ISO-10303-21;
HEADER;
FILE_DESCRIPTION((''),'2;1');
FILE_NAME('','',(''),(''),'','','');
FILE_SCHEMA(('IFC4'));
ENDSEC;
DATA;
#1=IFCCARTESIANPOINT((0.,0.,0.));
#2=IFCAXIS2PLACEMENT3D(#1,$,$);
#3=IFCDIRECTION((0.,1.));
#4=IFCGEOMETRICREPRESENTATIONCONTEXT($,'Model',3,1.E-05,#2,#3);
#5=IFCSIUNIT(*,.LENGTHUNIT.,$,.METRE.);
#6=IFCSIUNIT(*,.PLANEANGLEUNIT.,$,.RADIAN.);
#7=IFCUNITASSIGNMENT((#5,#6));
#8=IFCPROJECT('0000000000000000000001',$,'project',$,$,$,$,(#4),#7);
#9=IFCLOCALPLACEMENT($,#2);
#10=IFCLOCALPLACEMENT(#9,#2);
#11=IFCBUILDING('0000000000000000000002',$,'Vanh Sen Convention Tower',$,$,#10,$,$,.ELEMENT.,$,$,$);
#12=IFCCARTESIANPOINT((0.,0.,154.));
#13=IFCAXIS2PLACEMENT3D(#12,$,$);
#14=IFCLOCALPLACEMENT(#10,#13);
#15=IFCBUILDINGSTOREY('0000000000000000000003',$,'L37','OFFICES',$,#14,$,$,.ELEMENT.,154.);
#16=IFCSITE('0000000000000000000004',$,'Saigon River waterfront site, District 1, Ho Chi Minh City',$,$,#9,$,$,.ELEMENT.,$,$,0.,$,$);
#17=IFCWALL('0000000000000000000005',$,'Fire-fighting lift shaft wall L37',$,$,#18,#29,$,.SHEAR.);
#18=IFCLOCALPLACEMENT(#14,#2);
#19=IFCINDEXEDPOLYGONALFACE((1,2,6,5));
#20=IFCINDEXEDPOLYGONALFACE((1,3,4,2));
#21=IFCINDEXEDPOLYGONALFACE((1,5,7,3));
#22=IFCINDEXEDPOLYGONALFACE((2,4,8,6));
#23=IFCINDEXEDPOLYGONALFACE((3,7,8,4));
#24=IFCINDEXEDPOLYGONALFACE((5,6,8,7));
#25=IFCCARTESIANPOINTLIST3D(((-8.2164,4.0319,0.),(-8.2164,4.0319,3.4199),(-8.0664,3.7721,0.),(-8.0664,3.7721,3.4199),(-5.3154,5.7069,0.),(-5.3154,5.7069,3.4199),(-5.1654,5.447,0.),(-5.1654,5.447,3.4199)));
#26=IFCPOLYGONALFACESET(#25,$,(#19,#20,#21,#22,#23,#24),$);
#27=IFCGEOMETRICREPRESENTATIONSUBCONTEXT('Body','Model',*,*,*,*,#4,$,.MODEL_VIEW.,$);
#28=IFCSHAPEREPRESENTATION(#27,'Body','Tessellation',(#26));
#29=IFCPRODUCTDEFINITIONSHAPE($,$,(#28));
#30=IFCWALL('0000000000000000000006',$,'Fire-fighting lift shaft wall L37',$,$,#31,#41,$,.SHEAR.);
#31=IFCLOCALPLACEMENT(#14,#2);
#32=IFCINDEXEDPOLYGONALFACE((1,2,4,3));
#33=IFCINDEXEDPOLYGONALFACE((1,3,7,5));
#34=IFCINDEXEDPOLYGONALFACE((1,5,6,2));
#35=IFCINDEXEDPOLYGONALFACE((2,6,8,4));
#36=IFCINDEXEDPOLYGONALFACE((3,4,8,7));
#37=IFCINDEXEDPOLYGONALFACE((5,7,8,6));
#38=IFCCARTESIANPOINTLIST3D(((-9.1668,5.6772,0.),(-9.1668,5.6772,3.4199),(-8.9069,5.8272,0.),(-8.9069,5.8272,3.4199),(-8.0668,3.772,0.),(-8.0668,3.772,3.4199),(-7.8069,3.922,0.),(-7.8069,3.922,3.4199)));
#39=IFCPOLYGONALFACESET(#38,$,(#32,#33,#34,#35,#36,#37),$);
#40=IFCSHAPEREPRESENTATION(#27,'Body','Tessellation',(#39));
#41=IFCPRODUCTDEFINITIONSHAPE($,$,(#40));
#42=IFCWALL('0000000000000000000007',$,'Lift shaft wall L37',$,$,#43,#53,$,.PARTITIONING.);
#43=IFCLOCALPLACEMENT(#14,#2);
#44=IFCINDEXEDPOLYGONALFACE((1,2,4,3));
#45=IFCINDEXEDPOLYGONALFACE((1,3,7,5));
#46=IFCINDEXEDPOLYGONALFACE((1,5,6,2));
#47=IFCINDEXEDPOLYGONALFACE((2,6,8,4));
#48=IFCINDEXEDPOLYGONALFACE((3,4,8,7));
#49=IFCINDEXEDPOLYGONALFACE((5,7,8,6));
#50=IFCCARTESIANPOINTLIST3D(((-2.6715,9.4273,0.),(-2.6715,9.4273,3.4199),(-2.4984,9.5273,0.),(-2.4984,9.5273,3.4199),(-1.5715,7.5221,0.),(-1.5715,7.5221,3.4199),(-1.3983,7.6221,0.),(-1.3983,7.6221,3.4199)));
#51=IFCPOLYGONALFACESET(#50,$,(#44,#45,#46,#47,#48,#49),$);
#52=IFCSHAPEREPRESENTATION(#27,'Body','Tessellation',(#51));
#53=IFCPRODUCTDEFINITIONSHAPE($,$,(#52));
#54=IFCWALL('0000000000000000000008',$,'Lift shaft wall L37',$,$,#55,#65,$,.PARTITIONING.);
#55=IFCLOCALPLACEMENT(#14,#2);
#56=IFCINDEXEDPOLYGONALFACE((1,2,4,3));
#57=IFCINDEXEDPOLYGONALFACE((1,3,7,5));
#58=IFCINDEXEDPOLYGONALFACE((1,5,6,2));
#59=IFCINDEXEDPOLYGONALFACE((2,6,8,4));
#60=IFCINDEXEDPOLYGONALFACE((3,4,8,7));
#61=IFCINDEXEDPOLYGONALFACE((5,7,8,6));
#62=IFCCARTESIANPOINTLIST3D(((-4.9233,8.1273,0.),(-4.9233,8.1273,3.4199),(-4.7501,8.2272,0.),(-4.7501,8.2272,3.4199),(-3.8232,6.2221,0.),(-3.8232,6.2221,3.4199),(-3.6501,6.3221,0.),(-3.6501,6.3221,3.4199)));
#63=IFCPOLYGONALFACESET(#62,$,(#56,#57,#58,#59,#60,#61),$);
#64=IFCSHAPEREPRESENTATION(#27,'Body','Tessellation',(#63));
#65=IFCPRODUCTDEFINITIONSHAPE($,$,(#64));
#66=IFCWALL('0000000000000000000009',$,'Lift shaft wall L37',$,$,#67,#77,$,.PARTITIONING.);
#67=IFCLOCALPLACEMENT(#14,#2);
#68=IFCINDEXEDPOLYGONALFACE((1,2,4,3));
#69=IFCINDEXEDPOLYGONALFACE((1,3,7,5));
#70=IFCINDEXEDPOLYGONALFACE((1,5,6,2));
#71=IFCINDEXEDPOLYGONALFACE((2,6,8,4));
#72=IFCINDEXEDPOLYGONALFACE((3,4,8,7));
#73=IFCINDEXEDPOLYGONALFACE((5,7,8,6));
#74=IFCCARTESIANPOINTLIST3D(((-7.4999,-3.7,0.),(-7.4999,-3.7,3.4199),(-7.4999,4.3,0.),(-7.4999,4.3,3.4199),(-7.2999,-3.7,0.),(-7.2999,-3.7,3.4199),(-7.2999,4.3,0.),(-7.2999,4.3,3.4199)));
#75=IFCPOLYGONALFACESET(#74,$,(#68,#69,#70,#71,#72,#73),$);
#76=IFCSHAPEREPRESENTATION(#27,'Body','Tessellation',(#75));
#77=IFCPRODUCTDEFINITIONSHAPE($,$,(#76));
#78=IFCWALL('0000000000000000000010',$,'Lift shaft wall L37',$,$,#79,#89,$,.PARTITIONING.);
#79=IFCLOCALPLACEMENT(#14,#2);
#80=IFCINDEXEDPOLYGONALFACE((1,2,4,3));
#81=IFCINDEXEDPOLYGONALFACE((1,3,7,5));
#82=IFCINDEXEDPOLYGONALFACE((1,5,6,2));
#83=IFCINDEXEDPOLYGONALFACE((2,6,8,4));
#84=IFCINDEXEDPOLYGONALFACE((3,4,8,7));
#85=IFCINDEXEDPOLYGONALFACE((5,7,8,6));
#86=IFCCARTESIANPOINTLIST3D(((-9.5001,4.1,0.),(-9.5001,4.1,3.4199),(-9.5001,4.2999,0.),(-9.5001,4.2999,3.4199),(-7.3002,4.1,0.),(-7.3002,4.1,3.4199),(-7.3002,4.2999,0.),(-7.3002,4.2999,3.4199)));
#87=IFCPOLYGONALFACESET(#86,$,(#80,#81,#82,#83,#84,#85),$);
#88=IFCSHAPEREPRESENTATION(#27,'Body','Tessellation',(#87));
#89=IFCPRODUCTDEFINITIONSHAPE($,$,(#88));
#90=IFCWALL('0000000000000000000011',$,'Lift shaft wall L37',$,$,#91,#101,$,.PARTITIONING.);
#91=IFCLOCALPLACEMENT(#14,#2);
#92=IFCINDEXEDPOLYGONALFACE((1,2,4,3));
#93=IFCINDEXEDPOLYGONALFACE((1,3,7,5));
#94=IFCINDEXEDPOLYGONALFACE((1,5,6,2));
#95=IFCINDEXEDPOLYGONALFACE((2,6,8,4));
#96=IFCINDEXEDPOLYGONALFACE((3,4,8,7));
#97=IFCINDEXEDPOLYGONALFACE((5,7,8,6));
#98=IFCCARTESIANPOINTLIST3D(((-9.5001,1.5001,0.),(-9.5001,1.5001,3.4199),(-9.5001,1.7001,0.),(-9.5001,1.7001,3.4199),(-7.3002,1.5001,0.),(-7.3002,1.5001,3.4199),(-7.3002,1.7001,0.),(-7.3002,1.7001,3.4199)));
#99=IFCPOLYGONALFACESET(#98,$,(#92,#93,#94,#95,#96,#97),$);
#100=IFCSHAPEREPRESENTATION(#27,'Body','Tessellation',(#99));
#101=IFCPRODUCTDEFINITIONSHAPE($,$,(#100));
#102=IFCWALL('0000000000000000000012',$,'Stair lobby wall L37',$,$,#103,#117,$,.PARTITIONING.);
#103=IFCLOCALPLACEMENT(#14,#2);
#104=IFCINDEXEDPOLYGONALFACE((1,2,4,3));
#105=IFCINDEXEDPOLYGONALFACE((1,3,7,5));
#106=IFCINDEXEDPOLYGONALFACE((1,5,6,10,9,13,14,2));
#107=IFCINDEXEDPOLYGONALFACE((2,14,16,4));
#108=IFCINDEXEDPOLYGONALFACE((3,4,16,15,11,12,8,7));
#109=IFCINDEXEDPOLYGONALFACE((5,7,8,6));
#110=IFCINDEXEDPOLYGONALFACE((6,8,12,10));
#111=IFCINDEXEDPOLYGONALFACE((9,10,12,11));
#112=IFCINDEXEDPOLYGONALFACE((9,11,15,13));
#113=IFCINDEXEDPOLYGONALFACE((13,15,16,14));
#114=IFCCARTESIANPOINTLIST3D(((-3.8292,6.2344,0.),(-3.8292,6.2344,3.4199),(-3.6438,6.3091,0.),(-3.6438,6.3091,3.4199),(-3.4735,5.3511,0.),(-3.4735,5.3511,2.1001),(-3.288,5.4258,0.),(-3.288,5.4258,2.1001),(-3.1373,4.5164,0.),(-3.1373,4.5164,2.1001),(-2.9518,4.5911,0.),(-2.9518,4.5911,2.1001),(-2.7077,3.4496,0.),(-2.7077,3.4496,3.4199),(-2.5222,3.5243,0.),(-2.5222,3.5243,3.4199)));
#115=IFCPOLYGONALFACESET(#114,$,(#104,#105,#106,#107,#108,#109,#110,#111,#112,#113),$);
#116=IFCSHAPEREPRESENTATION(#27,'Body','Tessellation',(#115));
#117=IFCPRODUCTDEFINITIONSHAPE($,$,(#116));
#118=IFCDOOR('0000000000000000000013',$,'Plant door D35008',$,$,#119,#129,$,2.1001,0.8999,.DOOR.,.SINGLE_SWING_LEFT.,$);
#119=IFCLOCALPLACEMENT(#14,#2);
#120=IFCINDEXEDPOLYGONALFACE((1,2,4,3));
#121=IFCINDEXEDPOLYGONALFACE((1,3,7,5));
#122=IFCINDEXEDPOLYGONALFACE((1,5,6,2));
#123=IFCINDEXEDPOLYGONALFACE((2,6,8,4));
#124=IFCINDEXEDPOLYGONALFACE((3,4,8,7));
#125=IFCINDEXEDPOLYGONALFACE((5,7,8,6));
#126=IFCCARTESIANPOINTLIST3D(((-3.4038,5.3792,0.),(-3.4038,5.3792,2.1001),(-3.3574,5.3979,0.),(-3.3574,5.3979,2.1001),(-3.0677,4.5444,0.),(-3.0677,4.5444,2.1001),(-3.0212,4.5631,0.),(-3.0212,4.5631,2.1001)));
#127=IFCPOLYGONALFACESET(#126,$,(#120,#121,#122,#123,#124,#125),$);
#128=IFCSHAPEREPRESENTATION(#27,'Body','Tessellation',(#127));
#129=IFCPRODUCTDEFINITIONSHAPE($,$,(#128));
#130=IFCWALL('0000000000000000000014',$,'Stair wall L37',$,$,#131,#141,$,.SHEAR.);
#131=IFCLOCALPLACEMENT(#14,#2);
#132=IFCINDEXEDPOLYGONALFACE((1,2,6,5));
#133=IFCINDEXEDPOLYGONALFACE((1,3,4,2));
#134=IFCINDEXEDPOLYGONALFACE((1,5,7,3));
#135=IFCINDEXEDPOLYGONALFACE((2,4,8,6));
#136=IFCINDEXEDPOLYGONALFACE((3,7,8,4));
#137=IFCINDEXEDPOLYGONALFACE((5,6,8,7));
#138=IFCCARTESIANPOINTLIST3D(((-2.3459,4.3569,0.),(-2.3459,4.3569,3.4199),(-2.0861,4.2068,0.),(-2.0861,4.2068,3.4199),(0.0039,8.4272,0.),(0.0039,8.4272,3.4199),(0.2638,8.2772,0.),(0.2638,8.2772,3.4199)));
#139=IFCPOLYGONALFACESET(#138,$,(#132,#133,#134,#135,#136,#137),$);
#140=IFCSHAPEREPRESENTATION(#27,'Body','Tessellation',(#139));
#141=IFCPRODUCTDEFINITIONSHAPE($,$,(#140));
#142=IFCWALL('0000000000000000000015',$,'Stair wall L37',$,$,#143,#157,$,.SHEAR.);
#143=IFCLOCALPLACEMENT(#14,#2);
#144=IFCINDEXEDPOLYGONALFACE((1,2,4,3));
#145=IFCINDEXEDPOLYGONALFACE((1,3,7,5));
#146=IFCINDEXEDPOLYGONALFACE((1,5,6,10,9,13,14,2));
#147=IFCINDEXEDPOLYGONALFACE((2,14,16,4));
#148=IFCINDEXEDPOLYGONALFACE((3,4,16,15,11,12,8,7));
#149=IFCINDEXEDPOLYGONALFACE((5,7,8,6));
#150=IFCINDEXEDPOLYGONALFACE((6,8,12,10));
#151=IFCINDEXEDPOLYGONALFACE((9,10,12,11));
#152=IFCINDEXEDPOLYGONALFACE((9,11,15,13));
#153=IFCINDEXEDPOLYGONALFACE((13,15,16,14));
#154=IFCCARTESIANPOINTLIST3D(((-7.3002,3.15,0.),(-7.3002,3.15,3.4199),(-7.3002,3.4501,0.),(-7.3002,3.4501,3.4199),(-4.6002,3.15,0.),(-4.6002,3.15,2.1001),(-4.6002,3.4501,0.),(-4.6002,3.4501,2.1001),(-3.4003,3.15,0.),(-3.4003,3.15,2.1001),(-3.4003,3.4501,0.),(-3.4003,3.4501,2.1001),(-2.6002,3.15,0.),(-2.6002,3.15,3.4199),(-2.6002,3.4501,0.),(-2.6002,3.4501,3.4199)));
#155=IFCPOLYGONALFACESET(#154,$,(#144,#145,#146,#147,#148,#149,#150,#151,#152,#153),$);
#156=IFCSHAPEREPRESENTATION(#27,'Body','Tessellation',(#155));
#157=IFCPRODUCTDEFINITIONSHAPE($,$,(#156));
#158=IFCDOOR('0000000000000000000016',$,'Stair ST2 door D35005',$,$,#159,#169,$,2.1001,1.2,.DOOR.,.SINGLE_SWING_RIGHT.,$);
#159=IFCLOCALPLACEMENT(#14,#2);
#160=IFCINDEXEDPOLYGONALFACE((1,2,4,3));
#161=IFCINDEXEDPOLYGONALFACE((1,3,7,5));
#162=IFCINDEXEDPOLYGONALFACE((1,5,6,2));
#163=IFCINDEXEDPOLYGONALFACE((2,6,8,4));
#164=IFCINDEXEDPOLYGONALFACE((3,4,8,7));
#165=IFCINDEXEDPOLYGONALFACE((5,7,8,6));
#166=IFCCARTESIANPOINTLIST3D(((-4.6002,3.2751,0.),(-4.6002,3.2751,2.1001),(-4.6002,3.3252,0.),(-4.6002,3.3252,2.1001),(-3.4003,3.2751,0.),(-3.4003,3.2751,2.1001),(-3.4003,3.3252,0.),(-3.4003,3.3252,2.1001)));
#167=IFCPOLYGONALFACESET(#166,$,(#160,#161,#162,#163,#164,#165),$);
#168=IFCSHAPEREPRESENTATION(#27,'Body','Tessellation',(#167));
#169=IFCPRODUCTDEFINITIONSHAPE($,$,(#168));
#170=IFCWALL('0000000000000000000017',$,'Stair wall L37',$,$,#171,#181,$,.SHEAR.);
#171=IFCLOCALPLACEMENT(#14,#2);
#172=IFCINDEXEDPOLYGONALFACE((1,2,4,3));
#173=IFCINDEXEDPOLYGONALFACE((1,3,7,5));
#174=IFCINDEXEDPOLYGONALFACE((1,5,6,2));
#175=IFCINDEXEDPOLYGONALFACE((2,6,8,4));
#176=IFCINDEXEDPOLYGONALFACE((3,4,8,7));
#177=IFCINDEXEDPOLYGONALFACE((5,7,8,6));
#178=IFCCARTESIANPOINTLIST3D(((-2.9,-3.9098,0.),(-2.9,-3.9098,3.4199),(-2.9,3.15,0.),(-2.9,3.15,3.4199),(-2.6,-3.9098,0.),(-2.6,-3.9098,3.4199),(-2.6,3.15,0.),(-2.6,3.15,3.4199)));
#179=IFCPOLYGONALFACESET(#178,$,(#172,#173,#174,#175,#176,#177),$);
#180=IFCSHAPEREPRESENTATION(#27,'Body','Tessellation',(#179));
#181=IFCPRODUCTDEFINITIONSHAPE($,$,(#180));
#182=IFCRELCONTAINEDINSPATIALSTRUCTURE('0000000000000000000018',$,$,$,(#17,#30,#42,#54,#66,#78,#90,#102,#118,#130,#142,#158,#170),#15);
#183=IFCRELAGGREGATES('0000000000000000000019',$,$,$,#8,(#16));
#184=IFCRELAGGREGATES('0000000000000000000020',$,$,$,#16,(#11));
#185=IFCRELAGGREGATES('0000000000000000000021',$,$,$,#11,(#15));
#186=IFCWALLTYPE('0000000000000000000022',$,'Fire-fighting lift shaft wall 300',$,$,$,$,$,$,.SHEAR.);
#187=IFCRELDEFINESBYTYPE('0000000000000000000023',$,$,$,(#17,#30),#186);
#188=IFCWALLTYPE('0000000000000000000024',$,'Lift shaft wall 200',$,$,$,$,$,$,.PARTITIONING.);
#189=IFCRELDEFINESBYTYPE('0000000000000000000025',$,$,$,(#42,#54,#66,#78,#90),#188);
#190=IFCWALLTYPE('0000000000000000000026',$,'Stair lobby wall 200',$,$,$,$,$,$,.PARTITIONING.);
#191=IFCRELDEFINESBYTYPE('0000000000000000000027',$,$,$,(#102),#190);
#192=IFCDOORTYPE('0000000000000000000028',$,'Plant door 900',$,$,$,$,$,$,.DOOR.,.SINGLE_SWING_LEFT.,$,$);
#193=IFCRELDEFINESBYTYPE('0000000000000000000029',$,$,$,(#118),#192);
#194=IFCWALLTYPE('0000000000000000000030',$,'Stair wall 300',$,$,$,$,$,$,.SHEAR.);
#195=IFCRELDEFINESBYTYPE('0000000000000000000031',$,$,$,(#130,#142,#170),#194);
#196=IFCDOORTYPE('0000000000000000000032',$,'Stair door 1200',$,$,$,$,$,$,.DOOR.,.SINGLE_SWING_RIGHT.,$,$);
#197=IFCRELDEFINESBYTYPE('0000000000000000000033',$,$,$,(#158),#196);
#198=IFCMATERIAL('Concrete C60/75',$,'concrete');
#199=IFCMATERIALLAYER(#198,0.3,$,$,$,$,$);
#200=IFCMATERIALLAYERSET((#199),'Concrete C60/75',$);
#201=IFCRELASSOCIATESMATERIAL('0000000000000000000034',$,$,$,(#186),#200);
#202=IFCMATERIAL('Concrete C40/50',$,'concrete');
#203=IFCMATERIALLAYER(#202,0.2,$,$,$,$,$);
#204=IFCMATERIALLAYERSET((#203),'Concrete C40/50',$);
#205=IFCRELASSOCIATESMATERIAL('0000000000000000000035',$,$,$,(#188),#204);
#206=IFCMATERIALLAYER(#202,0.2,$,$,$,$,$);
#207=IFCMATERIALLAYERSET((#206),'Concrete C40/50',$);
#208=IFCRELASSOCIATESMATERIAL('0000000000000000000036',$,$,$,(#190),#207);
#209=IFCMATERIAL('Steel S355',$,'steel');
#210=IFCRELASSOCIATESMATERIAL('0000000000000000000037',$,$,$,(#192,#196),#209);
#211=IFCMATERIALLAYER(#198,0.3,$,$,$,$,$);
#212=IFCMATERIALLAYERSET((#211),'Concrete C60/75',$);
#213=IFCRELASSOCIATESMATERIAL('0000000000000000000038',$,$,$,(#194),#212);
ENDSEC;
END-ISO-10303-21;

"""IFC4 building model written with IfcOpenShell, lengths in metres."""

from ifc_helpers import new_model, si_unit, direction, frame, frame_2d, origin, place, context, subcontext, project, spatial, rectangle, extrude, material, layer, layer_set, type_object, element, fill, save


model = new_model("IFC4")

# Units and contexts
model_context = context("Model", 3, precision=1e-05, world=origin(), true_north=direction((0.0, 1.0)))
body_context = subcontext(model_context, "Body", "Model", "MODEL_VIEW")
ifc_project = project(units=[si_unit("LENGTHUNIT", "METRE"), si_unit("PLANEANGLEUNIT", "RADIAN")], contexts=[model_context])

# Site, building, storey
site_placement = place(None, origin())
site = spatial("IfcSite", under=ifc_project, at=site_placement, Name="Saigon River waterfront site, District 1, Ho Chi Minh City", CompositionType="ELEMENT", RefElevation=0.0)
building_placement = place(site_placement, origin())
building = spatial("IfcBuilding", under=site, at=building_placement, Name="Vanh Sen Convention Tower", CompositionType="ELEMENT")
storey_placement = place(building_placement, frame((0.0, 0.0, 154.0)))
storey = spatial("IfcBuildingStorey", under=building, at=storey_placement, Name="L37", Description="OFFICES", CompositionType="ELEMENT", Elevation=154.0)

# Shared definitions
ifc_material_1 = material(Name="Concrete C60/75", Category="concrete")
ifc_layer_1 = layer(ifc_material_1, 0.3)
ifc_layer_set_1 = layer_set([ifc_layer_1], Name="Concrete C60/75")
wall_type_1 = type_object("IfcWallType", Name="Fire-fighting lift shaft wall 300", PredefinedType="SHEAR", material=ifc_layer_set_1)

# Walls
wall_1_placement = place(storey_placement, frame((-5.2405, 5.5769, 0.0), z_axis=(0.0, 0.0, 1.0), x_axis=(-0.866014, -0.500019, 0.0)))
element("IfcWall", 1, at=wall_1_placement, inside=storey, type_object=wall_type_1, Name="Fire-fighting lift shaft wall L37", PredefinedType="SHEAR", context=body_context, shape_type="SweptSolid", body=[
    extrude(rectangle(XDim=3.3499, YDim=0.3, at=frame_2d((1.6748, 0.0))), origin(), (0.0, 0.0, 1.0), 3.4199),
])
wall_2_placement = place(storey_placement, frame((-7.9368, 3.8469, 0.0), z_axis=(0.0, 0.0, 1.0), x_axis=(-0.50003, 0.866008, 0.0)))
element("IfcWall", 2, at=wall_2_placement, inside=storey, type_object=wall_type_1, Name="Fire-fighting lift shaft wall L37", PredefinedType="SHEAR", context=body_context, shape_type="SweptSolid", body=[
    extrude(rectangle(XDim=2.2, YDim=0.3, at=frame_2d((1.1001, 0.0))), origin(), (0.0, 0.0, 1.0), 3.4199),
])
ifc_material_2 = material(Name="Concrete C40/50", Category="concrete")
ifc_layer_2 = layer(ifc_material_2, 0.2)
ifc_layer_set_2 = layer_set([ifc_layer_2], Name="Concrete C40/50")
wall_type_2 = type_object("IfcWallType", Name="Lift shaft wall 200", PredefinedType="PARTITIONING", material=ifc_layer_set_2)
for number, where, z_axis, x_axis, name in (
    (3, (-1.4849, 7.572, 0.0), (0.0, 0.0, 1.0), (-0.50003, 0.866008, 0.0), "Lift shaft wall L37"),
    (4, (-3.7366, 6.272, 0.0), (0.0, 0.0, 1.0), (-0.50003, 0.866008, 0.0), "Lift shaft wall L37"),
):
    element("IfcWall", number, at=place(storey_placement, frame(where, z_axis=z_axis, x_axis=x_axis)), inside=storey, type_object=wall_type_2, Name=name, PredefinedType="PARTITIONING", context=body_context, shape_type="SweptSolid", body=[
        extrude(rectangle(XDim=2.2, YDim=0.2, at=frame_2d((1.1001, 0.0))), origin(), (0.0, 0.0, 1.0), 3.4199),
    ])
wall_3_placement = place(storey_placement, frame((-7.3999, 4.3, 0.0), z_axis=(0.0, 0.0, 1.0), x_axis=(0.0, -1.0, 0.0)))
element("IfcWall", 5, at=wall_3_placement, inside=storey, type_object=wall_type_2, Name="Lift shaft wall L37", PredefinedType="PARTITIONING", context=body_context, shape_type="SweptSolid", body=[
    extrude(rectangle(XDim=8.0, YDim=0.2, at=frame_2d((4.0, 0.0))), origin(), (0.0, 0.0, 1.0), 3.4199),
])
for number, where, z_axis, x_axis, name in (
    (6, (-7.3, 4.2, 0.0), (0.0, 0.0, 1.0), (-1.0, 0.0, 0.0), "Lift shaft wall L37"),
    (7, (-7.3, 1.6001, 0.0), (0.0, 0.0, 1.0), (-1.0, 0.0, 0.0), "Lift shaft wall L37"),
):
    element("IfcWall", number, at=place(storey_placement, frame(where, z_axis=z_axis, x_axis=x_axis)), inside=storey, type_object=wall_type_2, Name=name, PredefinedType="PARTITIONING", context=body_context, shape_type="SweptSolid", body=[
        extrude(rectangle(XDim=2.2, YDim=0.2, at=frame_2d((1.1001, 0.0))), origin(), (0.0, 0.0, 1.0), 3.4199),
    ])

# Wall, opening, door
ifc_layer_3 = layer(ifc_material_2, 0.2)
ifc_layer_set_3 = layer_set([ifc_layer_3], Name="Concrete C40/50")
wall_type_3 = type_object("IfcWallType", Name="Stair lobby wall 200", PredefinedType="PARTITIONING", material=ifc_layer_set_3)
wall_4_placement = place(storey_placement, frame((-2.615, 3.4871, 0.0), z_axis=(0.0, 0.0, 1.0), x_axis=(-0.373577, 0.927599, 0.0)))
wall_4 = element("IfcWall", 8, at=wall_4_placement, inside=storey, type_object=wall_type_3, Name="Stair lobby wall L37", PredefinedType="PARTITIONING", context=body_context, shape_type="SweptSolid", body=[
    extrude(rectangle(XDim=3.0022, YDim=0.2, at=frame_2d((1.501, 0.0))), origin(), (0.0, 0.0, 1.0), 3.4199),
])
opening_1_placement = place(wall_4_placement, frame((1.1499, 0.0, 0.0)))
opening_1 = element("IfcOpeningElement", 9, at=opening_1_placement, cuts=wall_4, PredefinedType="OPENING", context=body_context, shape_type="SweptSolid", body=[
    extrude(rectangle(XDim=0.8999, YDim=2.1001, at=frame_2d((0.45, 1.05))), frame((0.0, 0.1099, 0.0), z_axis=(0.0, -1.0, 0.0), x_axis=(1.0, 0.0, 0.0)), (0.0, 0.0, 1.0), 0.22),
])
ifc_material_3 = material(Name="Steel S355", Category="steel")
door_type_1 = type_object("IfcDoorType", Name="Plant door 900", OperationType="SINGLE_SWING_LEFT", PredefinedType="DOOR", material=ifc_material_3)
door_1_placement = place(opening_1_placement, origin())
door_1 = element("IfcDoor", 10, at=door_1_placement, inside=storey, type_object=door_type_1, Name="Plant door D35008", OperationType="SINGLE_SWING_LEFT", OverallHeight=2.1001, OverallWidth=0.8999, PredefinedType="DOOR", context=body_context, shape_type="SweptSolid", body=[
    extrude(rectangle(XDim=0.8999, YDim=2.1001, at=frame_2d((0.45, 1.05))), frame((0.0, 0.0249, 0.0), z_axis=(0.0, -1.0, 0.0), x_axis=(1.0, 0.0, 0.0)), (0.0, 0.0, 1.0), 0.05),
])
fill(opening_1, door_1)

# Wall
ifc_layer_4 = layer(ifc_material_1, 0.3)
ifc_layer_set_4 = layer_set([ifc_layer_4], Name="Concrete C60/75")
wall_type_4 = type_object("IfcWallType", Name="Stair wall 300", PredefinedType="SHEAR", material=ifc_layer_set_4)
wall_5_placement = place(storey_placement, frame((-2.2161, 4.2817, 0.0), z_axis=(0.0, 0.0, 1.0), x_axis=(0.499977, 0.866039, 0.0)))
element("IfcWall", 11, at=wall_5_placement, inside=storey, type_object=wall_type_4, Name="Stair wall L37", PredefinedType="SHEAR", context=body_context, shape_type="SweptSolid", body=[
    extrude(rectangle(XDim=4.7, YDim=0.3, at=frame_2d((2.3501, 0.0))), origin(), (0.0, 0.0, 1.0), 3.4199),
])

# Wall, opening, door
wall_6_placement = place(storey_placement, frame((-2.6001, 3.3, 0.0), z_axis=(0.0, 0.0, 1.0), x_axis=(-1.0, 0.0, 0.0)))
wall_6 = element("IfcWall", 12, at=wall_6_placement, inside=storey, type_object=wall_type_4, Name="Stair wall L37", PredefinedType="SHEAR", context=body_context, shape_type="SweptSolid", body=[
    extrude(rectangle(XDim=4.7, YDim=0.3, at=frame_2d((2.3501, 0.0))), origin(), (0.0, 0.0, 1.0), 3.4199),
])
opening_2_placement = place(wall_6_placement, frame((0.8, 0.0, 0.0)))
opening_2 = element("IfcOpeningElement", 13, at=opening_2_placement, cuts=wall_6, PredefinedType="OPENING", context=body_context, shape_type="SweptSolid", body=[
    extrude(rectangle(XDim=1.2, YDim=2.1001, at=frame_2d((0.6001, 1.05))), frame((0.0, 0.1599, 0.0), z_axis=(0.0, -1.0, 0.0), x_axis=(1.0, 0.0, 0.0)), (0.0, 0.0, 1.0), 0.3201),
])
door_type_2 = type_object("IfcDoorType", Name="Stair door 1200", OperationType="SINGLE_SWING_RIGHT", PredefinedType="DOOR", material=ifc_material_3)
door_2_placement = place(opening_2_placement, origin())
door_2 = element("IfcDoor", 14, at=door_2_placement, inside=storey, type_object=door_type_2, Name="Stair ST2 door D35005", OperationType="SINGLE_SWING_RIGHT", OverallHeight=2.1001, OverallWidth=1.2, PredefinedType="DOOR", context=body_context, shape_type="SweptSolid", body=[
    extrude(rectangle(XDim=1.2, YDim=2.1001, at=frame_2d((0.6001, 1.05))), frame((0.0, 0.0249, 0.0), z_axis=(0.0, -1.0, 0.0), x_axis=(1.0, 0.0, 0.0)), (0.0, 0.0, 1.0), 0.05),
])
fill(opening_2, door_2)

# Wall
for number, where, z_axis, x_axis, name in (
    (15, (-2.75, 3.1499, 0.0), (0.0, 0.0, 1.0), (0.0, -1.0, 0.0), "Stair wall L37"),
):
    element("IfcWall", number, at=place(storey_placement, frame(where, z_axis=z_axis, x_axis=x_axis)), inside=storey, type_object=wall_type_4, Name=name, PredefinedType="SHEAR", context=body_context, shape_type="SweptSolid", body=[
        extrude(rectangle(XDim=7.0598, YDim=0.3, at=frame_2d((3.5298, 0.0))), origin(), (0.0, 0.0, 1.0), 3.4199),
    ])

save(model, "model.ifc")
